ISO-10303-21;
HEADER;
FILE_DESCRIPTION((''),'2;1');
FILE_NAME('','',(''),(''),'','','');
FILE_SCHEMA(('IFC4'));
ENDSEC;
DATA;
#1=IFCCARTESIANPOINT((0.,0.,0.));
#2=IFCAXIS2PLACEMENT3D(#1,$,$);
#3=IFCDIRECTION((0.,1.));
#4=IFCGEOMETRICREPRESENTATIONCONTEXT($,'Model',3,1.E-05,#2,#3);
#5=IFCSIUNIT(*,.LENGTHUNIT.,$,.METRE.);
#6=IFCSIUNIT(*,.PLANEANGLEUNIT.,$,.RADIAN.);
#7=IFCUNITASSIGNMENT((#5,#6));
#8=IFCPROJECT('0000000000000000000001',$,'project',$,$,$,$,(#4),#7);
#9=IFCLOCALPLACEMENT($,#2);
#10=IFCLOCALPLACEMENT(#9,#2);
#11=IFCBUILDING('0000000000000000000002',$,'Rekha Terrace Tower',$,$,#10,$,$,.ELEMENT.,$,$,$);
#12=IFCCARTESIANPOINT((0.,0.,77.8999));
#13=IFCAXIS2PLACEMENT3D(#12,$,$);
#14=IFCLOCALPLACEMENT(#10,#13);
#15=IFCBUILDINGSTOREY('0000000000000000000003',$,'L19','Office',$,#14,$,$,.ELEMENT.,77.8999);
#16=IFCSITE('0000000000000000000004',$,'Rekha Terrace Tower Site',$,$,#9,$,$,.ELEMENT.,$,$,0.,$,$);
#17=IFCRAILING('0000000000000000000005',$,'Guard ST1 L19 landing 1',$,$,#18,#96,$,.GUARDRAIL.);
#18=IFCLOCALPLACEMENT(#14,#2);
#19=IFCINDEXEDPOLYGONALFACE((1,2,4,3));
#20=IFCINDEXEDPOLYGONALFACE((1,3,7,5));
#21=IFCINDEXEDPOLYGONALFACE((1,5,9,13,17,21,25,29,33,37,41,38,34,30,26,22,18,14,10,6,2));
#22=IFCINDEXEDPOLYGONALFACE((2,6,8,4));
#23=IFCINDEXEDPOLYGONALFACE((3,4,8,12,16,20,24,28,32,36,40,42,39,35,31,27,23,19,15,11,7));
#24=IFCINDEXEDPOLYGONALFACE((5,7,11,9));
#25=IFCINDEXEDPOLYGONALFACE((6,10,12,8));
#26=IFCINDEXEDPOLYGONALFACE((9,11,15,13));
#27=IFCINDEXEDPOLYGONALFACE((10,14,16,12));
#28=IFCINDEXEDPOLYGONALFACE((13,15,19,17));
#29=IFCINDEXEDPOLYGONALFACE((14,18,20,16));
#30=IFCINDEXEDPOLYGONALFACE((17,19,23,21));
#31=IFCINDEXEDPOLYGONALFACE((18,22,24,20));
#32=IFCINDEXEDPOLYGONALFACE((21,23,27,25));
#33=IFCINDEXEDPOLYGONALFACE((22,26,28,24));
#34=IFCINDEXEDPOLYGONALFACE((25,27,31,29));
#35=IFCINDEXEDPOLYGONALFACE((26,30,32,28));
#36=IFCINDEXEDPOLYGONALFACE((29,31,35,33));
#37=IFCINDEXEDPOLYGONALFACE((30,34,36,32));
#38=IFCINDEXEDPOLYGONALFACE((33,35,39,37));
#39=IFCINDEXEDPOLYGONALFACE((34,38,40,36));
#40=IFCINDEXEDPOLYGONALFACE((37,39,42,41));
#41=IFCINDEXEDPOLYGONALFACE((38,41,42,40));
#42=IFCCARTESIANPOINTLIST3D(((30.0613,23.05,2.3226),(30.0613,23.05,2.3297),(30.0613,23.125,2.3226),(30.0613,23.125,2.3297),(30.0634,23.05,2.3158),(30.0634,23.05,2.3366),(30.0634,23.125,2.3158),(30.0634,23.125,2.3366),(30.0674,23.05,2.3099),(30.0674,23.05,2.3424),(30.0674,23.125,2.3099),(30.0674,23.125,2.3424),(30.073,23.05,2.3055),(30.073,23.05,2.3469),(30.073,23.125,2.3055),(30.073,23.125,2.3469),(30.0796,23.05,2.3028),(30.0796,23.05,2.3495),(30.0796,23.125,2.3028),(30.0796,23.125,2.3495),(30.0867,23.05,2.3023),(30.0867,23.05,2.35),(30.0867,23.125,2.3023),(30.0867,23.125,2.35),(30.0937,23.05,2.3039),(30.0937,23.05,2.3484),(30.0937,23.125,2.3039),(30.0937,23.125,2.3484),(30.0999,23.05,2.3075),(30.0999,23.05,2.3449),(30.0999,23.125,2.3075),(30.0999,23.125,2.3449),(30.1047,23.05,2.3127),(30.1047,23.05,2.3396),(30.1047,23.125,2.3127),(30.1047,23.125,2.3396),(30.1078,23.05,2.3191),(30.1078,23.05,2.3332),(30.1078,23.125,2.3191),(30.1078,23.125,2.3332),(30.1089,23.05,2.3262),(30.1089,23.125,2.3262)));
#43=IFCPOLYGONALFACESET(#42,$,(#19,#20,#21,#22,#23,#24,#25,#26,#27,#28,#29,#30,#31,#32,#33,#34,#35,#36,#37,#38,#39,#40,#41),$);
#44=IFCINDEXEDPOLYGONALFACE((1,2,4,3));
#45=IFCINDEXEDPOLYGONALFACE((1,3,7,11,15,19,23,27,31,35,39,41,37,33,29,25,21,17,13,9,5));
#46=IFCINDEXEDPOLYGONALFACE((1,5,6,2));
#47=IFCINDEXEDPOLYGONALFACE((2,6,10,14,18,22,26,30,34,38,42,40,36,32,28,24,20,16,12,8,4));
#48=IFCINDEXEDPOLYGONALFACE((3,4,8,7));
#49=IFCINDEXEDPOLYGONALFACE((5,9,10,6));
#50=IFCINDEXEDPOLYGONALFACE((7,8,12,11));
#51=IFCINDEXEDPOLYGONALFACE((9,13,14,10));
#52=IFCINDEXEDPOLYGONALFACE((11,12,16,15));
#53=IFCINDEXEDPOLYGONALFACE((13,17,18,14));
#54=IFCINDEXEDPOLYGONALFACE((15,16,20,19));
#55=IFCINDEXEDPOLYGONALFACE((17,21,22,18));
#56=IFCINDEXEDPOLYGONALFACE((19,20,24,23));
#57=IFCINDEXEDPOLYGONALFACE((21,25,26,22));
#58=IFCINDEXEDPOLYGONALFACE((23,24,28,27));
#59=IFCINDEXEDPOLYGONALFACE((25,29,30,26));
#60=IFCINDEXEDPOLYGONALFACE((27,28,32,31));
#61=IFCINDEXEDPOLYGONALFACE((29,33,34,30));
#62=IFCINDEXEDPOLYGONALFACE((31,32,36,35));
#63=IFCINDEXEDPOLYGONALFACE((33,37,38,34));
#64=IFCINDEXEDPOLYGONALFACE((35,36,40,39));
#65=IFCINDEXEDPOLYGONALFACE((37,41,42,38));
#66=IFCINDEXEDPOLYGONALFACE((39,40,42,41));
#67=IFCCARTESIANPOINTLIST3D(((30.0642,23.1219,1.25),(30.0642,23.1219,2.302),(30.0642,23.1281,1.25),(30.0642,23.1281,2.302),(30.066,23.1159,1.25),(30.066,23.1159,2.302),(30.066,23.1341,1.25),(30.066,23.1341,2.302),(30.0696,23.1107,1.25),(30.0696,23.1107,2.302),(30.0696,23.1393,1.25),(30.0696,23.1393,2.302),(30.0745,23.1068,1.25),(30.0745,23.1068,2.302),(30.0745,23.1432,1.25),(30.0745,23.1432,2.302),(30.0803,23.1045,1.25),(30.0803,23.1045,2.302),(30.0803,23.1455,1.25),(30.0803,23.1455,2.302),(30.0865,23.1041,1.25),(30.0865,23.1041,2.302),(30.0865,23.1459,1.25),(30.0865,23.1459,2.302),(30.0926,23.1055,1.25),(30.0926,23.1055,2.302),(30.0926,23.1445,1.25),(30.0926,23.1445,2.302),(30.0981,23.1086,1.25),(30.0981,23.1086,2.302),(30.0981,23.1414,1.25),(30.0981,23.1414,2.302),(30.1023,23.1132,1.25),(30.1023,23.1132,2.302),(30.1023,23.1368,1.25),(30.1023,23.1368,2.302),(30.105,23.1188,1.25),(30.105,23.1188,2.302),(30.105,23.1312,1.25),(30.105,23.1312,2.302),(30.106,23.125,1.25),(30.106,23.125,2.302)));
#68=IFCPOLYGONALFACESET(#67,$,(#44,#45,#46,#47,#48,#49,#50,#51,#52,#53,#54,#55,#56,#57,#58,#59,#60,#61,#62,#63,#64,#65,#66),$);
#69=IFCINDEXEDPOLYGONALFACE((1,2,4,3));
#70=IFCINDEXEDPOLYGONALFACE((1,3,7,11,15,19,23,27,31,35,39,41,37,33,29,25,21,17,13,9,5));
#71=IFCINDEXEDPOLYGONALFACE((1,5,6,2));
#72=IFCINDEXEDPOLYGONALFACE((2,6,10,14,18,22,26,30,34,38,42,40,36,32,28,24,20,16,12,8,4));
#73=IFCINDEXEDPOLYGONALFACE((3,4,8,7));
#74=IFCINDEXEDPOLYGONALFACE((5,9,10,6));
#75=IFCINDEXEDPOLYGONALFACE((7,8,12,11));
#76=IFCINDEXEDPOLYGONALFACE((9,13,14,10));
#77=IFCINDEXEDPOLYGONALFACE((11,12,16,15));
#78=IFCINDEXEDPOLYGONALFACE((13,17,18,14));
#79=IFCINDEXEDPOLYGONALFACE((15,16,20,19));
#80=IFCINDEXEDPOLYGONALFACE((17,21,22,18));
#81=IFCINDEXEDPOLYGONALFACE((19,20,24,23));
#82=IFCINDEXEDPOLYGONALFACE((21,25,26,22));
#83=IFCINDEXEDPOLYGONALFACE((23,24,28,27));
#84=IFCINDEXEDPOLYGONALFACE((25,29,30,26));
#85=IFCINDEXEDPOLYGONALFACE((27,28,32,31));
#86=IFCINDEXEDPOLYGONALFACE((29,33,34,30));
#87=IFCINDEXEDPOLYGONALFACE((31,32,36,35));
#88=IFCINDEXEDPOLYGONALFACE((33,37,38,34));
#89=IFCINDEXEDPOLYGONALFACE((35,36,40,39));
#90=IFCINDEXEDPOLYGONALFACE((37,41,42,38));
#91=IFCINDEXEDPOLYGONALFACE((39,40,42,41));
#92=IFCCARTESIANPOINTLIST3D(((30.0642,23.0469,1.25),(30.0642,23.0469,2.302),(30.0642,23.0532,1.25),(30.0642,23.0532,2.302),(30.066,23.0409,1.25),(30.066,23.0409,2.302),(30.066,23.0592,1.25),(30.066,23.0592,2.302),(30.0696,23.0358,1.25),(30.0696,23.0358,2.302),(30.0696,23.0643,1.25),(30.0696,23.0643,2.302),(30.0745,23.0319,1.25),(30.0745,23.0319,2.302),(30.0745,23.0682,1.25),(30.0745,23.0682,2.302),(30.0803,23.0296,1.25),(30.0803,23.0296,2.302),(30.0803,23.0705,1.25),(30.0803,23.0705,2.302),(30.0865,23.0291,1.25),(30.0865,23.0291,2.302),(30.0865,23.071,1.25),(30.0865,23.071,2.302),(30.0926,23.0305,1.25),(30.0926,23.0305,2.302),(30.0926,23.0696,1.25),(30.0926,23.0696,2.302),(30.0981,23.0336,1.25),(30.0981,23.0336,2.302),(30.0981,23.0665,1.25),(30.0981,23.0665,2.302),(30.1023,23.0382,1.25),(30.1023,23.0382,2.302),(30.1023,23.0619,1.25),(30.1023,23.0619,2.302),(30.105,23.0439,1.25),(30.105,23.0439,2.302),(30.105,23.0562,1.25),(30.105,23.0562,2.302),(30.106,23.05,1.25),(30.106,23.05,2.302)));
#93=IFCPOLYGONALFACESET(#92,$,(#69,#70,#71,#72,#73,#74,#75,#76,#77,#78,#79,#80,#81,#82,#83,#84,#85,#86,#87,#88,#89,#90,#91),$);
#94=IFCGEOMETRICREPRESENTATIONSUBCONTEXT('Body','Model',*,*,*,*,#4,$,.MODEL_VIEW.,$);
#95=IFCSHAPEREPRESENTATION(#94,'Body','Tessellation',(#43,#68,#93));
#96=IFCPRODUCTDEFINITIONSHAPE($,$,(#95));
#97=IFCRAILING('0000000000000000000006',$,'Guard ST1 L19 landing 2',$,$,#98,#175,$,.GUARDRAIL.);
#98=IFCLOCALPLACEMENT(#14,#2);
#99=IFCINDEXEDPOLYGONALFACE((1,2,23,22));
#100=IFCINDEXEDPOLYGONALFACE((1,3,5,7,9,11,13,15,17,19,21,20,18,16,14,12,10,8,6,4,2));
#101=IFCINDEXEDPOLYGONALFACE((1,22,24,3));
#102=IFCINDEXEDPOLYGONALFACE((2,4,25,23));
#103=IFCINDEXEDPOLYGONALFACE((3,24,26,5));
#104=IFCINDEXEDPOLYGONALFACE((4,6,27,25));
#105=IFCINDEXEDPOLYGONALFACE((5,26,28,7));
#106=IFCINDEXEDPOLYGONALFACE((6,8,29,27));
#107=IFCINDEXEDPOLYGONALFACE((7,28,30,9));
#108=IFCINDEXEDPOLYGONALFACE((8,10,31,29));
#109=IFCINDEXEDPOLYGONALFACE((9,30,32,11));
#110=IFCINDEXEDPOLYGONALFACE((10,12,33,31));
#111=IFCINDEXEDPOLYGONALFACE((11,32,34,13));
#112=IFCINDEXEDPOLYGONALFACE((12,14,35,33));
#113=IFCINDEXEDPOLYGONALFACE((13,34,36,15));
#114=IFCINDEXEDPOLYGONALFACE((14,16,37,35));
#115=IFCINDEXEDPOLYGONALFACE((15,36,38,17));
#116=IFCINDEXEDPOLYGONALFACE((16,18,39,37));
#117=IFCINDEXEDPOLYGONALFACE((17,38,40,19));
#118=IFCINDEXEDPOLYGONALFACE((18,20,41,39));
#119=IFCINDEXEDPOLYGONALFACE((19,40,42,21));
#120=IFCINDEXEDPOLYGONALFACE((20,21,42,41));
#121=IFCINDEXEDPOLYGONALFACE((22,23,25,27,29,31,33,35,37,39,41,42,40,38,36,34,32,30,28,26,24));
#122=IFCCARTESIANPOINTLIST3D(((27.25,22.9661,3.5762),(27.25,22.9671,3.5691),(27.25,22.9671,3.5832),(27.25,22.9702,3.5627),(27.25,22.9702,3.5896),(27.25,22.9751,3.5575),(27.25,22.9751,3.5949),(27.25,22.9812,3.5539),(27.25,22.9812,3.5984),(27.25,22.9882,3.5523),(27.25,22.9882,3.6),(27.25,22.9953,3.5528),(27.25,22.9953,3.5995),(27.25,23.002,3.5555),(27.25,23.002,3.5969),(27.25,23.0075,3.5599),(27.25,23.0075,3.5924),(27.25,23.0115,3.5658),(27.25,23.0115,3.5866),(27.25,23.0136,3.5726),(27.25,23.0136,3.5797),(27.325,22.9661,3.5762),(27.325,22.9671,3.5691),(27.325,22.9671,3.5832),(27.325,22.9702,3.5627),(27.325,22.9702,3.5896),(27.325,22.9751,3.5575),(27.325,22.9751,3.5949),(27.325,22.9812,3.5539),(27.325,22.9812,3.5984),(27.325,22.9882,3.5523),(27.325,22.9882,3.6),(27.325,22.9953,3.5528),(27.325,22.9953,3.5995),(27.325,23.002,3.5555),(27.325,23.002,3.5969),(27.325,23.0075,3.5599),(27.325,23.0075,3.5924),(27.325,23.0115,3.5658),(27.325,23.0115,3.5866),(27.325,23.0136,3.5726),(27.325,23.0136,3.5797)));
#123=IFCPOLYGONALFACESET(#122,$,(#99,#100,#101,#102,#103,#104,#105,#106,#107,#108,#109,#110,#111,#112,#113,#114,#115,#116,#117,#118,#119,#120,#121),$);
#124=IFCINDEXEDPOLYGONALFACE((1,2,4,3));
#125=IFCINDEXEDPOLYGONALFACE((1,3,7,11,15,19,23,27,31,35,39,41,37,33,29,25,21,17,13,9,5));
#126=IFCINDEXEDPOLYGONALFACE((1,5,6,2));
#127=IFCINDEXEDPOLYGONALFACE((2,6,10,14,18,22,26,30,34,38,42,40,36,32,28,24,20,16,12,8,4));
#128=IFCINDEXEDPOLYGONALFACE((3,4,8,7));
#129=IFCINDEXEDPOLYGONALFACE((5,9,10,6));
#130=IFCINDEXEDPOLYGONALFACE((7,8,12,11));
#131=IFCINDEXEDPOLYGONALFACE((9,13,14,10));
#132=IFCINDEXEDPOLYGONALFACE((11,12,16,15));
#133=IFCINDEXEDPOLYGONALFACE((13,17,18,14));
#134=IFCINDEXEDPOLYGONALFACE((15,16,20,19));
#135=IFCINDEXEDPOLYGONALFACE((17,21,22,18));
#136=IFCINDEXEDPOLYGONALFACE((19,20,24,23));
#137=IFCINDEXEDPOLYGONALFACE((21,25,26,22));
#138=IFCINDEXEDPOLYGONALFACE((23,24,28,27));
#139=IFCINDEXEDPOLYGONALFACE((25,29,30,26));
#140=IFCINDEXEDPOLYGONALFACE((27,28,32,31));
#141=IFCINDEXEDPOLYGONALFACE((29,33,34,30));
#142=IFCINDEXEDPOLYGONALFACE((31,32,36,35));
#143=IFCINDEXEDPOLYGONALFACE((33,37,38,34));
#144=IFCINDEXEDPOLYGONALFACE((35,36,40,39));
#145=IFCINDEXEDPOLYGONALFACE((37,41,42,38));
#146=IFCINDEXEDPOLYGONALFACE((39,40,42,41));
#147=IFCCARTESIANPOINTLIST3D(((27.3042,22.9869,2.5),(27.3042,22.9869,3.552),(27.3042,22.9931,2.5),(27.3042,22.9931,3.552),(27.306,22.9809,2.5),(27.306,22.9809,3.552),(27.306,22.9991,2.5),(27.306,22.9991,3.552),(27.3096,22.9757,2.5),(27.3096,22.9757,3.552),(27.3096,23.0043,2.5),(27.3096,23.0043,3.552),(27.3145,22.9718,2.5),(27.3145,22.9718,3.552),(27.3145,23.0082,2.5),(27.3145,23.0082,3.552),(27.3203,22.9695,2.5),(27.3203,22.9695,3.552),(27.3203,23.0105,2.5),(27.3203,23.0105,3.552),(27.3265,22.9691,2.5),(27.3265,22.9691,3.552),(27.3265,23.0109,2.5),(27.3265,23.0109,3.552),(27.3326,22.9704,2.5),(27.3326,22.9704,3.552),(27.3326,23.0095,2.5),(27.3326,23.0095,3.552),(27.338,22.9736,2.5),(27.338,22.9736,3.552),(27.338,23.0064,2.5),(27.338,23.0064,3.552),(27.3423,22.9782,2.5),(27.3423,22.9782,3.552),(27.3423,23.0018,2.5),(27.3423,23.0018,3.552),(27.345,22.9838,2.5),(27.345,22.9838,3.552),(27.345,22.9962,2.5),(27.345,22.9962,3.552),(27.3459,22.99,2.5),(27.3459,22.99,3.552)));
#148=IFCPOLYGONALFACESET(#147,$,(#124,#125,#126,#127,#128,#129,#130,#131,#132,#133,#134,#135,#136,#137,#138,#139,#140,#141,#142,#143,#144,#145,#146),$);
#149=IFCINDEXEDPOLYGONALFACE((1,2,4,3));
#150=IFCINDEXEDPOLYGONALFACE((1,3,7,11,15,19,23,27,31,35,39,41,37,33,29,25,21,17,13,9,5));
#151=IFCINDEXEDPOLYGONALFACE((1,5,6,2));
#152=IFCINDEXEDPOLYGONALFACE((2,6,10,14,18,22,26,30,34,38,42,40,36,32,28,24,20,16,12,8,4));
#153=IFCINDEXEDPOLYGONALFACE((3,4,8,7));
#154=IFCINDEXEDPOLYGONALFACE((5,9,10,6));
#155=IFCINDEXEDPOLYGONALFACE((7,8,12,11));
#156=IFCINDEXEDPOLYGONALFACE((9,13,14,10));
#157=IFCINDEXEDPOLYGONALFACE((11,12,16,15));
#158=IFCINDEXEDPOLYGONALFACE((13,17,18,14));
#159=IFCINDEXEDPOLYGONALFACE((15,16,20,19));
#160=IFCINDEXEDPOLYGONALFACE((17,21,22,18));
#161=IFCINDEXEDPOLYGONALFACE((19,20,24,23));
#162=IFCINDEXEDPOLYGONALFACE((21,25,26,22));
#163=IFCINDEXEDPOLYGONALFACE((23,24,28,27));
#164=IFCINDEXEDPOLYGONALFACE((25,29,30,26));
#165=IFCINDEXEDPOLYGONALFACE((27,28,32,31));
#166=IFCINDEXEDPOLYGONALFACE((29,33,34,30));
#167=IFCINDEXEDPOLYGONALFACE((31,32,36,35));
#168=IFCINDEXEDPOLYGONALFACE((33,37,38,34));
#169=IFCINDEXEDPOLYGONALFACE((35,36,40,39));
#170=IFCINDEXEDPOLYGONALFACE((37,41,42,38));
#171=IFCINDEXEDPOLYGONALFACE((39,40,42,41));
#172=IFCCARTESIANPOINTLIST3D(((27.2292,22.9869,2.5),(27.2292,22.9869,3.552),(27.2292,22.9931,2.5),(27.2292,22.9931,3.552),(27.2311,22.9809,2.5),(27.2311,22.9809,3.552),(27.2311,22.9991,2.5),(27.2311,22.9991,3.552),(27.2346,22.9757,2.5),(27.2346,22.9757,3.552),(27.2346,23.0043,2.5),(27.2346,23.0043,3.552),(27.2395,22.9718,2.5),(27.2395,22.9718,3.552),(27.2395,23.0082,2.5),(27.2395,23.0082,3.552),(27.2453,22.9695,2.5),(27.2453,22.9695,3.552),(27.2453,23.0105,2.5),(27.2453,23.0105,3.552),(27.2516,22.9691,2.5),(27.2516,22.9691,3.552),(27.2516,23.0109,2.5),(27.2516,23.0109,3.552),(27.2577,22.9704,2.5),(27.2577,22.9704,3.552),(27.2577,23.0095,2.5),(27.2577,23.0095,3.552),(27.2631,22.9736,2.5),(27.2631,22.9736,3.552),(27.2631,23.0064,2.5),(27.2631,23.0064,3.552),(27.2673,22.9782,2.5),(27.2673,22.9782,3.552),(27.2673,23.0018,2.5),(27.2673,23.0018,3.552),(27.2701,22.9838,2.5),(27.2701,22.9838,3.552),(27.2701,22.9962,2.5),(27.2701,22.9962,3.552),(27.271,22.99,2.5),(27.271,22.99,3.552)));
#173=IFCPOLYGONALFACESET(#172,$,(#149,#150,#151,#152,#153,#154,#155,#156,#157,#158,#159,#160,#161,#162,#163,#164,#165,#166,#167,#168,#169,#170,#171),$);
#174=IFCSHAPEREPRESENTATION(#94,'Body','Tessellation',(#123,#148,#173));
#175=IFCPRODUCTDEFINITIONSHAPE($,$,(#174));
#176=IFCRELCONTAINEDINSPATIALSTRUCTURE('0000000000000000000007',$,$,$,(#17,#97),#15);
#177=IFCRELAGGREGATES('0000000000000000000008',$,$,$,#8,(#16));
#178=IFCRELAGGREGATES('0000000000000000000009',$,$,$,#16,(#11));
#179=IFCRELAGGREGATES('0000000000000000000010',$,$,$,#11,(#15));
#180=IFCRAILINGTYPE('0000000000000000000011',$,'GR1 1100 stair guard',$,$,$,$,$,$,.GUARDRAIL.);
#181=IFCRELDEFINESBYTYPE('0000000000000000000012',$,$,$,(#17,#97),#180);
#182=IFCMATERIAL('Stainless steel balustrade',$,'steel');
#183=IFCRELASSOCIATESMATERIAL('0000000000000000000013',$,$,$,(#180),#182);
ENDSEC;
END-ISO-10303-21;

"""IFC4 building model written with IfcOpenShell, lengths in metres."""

from ifc_helpers import new_model, si_unit, direction, frame, origin, origin_2d, place, context, subcontext, project, spatial, circle, extrude, material, type_object, element, save


model = new_model("IFC4")

# Units and contexts
model_context = context("Model", 3, precision=1e-05, world=origin(), true_north=direction((0.0, 1.0)))
body_context = subcontext(model_context, "Body", "Model", "MODEL_VIEW")
ifc_project = project(units=[si_unit("LENGTHUNIT", "METRE"), si_unit("PLANEANGLEUNIT", "RADIAN")], contexts=[model_context])

# Site, building, storey
site_placement = place(None, origin())
site = spatial("IfcSite", under=ifc_project, at=site_placement, Name="Rekha Terrace Tower Site", CompositionType="ELEMENT", RefElevation=0.0)
building_placement = place(site_placement, origin())
building = spatial("IfcBuilding", under=site, at=building_placement, Name="Rekha Terrace Tower", CompositionType="ELEMENT")
storey_placement = place(building_placement, frame((0.0, 0.0, 77.8999)))
storey = spatial("IfcBuildingStorey", under=building, at=storey_placement, Name="L19", Description="Office", CompositionType="ELEMENT", Elevation=77.8999)

# Railings
ifc_material_1 = material(Name="Stainless steel balustrade", Category="steel")
railing_type_1 = type_object("IfcRailingType", Name="GR1 1100 stair guard", PredefinedType="GUARDRAIL", material=ifc_material_1)
railing_1_placement = place(storey_placement, frame((30.085, 23.125, 1.25)))
element("IfcRailing", 1, at=railing_1_placement, inside=storey, type_object=railing_type_1, Name="Guard ST1 L19 landing 1", PredefinedType="GUARDRAIL", context=body_context, shape_type="SweptSolid", body=[
    extrude(circle(Radius=0.0239, at=origin_2d()), frame((0.0, 0.0, 1.0762), z_axis=(0.0, -1.0, 0.0), x_axis=(1.0, 0.0, 0.0)), (0.0, 0.0, 1.0), 0.075),
    extrude(circle(Radius=0.021, at=origin_2d()), origin(), (0.0, 0.0, 1.0), 1.052),
    extrude(circle(Radius=0.021, at=origin_2d()), frame((0.0, -0.075, 0.0)), (0.0, 0.0, 1.0), 1.052),
])
railing_2_placement = place(storey_placement, frame((27.325, 22.99, 2.5)))
element("IfcRailing", 2, at=railing_2_placement, inside=storey, type_object=railing_type_1, Name="Guard ST1 L19 landing 2", PredefinedType="GUARDRAIL", context=body_context, shape_type="SweptSolid", body=[
    extrude(circle(Radius=0.0239, at=origin_2d()), frame((0.0, 0.0, 1.0762), z_axis=(-1.0, 0.0, 0.0), x_axis=(0.0, -1.0, 0.0)), (0.0, 0.0, 1.0), 0.075),
    extrude(circle(Radius=0.021, at=origin_2d()), origin(), (0.0, 0.0, 1.0), 1.052),
    extrude(circle(Radius=0.021, at=origin_2d()), frame((-0.075, 0.0, 0.0)), (0.0, 0.0, 1.0), 1.052),
])

save(model, "model.ifc")
